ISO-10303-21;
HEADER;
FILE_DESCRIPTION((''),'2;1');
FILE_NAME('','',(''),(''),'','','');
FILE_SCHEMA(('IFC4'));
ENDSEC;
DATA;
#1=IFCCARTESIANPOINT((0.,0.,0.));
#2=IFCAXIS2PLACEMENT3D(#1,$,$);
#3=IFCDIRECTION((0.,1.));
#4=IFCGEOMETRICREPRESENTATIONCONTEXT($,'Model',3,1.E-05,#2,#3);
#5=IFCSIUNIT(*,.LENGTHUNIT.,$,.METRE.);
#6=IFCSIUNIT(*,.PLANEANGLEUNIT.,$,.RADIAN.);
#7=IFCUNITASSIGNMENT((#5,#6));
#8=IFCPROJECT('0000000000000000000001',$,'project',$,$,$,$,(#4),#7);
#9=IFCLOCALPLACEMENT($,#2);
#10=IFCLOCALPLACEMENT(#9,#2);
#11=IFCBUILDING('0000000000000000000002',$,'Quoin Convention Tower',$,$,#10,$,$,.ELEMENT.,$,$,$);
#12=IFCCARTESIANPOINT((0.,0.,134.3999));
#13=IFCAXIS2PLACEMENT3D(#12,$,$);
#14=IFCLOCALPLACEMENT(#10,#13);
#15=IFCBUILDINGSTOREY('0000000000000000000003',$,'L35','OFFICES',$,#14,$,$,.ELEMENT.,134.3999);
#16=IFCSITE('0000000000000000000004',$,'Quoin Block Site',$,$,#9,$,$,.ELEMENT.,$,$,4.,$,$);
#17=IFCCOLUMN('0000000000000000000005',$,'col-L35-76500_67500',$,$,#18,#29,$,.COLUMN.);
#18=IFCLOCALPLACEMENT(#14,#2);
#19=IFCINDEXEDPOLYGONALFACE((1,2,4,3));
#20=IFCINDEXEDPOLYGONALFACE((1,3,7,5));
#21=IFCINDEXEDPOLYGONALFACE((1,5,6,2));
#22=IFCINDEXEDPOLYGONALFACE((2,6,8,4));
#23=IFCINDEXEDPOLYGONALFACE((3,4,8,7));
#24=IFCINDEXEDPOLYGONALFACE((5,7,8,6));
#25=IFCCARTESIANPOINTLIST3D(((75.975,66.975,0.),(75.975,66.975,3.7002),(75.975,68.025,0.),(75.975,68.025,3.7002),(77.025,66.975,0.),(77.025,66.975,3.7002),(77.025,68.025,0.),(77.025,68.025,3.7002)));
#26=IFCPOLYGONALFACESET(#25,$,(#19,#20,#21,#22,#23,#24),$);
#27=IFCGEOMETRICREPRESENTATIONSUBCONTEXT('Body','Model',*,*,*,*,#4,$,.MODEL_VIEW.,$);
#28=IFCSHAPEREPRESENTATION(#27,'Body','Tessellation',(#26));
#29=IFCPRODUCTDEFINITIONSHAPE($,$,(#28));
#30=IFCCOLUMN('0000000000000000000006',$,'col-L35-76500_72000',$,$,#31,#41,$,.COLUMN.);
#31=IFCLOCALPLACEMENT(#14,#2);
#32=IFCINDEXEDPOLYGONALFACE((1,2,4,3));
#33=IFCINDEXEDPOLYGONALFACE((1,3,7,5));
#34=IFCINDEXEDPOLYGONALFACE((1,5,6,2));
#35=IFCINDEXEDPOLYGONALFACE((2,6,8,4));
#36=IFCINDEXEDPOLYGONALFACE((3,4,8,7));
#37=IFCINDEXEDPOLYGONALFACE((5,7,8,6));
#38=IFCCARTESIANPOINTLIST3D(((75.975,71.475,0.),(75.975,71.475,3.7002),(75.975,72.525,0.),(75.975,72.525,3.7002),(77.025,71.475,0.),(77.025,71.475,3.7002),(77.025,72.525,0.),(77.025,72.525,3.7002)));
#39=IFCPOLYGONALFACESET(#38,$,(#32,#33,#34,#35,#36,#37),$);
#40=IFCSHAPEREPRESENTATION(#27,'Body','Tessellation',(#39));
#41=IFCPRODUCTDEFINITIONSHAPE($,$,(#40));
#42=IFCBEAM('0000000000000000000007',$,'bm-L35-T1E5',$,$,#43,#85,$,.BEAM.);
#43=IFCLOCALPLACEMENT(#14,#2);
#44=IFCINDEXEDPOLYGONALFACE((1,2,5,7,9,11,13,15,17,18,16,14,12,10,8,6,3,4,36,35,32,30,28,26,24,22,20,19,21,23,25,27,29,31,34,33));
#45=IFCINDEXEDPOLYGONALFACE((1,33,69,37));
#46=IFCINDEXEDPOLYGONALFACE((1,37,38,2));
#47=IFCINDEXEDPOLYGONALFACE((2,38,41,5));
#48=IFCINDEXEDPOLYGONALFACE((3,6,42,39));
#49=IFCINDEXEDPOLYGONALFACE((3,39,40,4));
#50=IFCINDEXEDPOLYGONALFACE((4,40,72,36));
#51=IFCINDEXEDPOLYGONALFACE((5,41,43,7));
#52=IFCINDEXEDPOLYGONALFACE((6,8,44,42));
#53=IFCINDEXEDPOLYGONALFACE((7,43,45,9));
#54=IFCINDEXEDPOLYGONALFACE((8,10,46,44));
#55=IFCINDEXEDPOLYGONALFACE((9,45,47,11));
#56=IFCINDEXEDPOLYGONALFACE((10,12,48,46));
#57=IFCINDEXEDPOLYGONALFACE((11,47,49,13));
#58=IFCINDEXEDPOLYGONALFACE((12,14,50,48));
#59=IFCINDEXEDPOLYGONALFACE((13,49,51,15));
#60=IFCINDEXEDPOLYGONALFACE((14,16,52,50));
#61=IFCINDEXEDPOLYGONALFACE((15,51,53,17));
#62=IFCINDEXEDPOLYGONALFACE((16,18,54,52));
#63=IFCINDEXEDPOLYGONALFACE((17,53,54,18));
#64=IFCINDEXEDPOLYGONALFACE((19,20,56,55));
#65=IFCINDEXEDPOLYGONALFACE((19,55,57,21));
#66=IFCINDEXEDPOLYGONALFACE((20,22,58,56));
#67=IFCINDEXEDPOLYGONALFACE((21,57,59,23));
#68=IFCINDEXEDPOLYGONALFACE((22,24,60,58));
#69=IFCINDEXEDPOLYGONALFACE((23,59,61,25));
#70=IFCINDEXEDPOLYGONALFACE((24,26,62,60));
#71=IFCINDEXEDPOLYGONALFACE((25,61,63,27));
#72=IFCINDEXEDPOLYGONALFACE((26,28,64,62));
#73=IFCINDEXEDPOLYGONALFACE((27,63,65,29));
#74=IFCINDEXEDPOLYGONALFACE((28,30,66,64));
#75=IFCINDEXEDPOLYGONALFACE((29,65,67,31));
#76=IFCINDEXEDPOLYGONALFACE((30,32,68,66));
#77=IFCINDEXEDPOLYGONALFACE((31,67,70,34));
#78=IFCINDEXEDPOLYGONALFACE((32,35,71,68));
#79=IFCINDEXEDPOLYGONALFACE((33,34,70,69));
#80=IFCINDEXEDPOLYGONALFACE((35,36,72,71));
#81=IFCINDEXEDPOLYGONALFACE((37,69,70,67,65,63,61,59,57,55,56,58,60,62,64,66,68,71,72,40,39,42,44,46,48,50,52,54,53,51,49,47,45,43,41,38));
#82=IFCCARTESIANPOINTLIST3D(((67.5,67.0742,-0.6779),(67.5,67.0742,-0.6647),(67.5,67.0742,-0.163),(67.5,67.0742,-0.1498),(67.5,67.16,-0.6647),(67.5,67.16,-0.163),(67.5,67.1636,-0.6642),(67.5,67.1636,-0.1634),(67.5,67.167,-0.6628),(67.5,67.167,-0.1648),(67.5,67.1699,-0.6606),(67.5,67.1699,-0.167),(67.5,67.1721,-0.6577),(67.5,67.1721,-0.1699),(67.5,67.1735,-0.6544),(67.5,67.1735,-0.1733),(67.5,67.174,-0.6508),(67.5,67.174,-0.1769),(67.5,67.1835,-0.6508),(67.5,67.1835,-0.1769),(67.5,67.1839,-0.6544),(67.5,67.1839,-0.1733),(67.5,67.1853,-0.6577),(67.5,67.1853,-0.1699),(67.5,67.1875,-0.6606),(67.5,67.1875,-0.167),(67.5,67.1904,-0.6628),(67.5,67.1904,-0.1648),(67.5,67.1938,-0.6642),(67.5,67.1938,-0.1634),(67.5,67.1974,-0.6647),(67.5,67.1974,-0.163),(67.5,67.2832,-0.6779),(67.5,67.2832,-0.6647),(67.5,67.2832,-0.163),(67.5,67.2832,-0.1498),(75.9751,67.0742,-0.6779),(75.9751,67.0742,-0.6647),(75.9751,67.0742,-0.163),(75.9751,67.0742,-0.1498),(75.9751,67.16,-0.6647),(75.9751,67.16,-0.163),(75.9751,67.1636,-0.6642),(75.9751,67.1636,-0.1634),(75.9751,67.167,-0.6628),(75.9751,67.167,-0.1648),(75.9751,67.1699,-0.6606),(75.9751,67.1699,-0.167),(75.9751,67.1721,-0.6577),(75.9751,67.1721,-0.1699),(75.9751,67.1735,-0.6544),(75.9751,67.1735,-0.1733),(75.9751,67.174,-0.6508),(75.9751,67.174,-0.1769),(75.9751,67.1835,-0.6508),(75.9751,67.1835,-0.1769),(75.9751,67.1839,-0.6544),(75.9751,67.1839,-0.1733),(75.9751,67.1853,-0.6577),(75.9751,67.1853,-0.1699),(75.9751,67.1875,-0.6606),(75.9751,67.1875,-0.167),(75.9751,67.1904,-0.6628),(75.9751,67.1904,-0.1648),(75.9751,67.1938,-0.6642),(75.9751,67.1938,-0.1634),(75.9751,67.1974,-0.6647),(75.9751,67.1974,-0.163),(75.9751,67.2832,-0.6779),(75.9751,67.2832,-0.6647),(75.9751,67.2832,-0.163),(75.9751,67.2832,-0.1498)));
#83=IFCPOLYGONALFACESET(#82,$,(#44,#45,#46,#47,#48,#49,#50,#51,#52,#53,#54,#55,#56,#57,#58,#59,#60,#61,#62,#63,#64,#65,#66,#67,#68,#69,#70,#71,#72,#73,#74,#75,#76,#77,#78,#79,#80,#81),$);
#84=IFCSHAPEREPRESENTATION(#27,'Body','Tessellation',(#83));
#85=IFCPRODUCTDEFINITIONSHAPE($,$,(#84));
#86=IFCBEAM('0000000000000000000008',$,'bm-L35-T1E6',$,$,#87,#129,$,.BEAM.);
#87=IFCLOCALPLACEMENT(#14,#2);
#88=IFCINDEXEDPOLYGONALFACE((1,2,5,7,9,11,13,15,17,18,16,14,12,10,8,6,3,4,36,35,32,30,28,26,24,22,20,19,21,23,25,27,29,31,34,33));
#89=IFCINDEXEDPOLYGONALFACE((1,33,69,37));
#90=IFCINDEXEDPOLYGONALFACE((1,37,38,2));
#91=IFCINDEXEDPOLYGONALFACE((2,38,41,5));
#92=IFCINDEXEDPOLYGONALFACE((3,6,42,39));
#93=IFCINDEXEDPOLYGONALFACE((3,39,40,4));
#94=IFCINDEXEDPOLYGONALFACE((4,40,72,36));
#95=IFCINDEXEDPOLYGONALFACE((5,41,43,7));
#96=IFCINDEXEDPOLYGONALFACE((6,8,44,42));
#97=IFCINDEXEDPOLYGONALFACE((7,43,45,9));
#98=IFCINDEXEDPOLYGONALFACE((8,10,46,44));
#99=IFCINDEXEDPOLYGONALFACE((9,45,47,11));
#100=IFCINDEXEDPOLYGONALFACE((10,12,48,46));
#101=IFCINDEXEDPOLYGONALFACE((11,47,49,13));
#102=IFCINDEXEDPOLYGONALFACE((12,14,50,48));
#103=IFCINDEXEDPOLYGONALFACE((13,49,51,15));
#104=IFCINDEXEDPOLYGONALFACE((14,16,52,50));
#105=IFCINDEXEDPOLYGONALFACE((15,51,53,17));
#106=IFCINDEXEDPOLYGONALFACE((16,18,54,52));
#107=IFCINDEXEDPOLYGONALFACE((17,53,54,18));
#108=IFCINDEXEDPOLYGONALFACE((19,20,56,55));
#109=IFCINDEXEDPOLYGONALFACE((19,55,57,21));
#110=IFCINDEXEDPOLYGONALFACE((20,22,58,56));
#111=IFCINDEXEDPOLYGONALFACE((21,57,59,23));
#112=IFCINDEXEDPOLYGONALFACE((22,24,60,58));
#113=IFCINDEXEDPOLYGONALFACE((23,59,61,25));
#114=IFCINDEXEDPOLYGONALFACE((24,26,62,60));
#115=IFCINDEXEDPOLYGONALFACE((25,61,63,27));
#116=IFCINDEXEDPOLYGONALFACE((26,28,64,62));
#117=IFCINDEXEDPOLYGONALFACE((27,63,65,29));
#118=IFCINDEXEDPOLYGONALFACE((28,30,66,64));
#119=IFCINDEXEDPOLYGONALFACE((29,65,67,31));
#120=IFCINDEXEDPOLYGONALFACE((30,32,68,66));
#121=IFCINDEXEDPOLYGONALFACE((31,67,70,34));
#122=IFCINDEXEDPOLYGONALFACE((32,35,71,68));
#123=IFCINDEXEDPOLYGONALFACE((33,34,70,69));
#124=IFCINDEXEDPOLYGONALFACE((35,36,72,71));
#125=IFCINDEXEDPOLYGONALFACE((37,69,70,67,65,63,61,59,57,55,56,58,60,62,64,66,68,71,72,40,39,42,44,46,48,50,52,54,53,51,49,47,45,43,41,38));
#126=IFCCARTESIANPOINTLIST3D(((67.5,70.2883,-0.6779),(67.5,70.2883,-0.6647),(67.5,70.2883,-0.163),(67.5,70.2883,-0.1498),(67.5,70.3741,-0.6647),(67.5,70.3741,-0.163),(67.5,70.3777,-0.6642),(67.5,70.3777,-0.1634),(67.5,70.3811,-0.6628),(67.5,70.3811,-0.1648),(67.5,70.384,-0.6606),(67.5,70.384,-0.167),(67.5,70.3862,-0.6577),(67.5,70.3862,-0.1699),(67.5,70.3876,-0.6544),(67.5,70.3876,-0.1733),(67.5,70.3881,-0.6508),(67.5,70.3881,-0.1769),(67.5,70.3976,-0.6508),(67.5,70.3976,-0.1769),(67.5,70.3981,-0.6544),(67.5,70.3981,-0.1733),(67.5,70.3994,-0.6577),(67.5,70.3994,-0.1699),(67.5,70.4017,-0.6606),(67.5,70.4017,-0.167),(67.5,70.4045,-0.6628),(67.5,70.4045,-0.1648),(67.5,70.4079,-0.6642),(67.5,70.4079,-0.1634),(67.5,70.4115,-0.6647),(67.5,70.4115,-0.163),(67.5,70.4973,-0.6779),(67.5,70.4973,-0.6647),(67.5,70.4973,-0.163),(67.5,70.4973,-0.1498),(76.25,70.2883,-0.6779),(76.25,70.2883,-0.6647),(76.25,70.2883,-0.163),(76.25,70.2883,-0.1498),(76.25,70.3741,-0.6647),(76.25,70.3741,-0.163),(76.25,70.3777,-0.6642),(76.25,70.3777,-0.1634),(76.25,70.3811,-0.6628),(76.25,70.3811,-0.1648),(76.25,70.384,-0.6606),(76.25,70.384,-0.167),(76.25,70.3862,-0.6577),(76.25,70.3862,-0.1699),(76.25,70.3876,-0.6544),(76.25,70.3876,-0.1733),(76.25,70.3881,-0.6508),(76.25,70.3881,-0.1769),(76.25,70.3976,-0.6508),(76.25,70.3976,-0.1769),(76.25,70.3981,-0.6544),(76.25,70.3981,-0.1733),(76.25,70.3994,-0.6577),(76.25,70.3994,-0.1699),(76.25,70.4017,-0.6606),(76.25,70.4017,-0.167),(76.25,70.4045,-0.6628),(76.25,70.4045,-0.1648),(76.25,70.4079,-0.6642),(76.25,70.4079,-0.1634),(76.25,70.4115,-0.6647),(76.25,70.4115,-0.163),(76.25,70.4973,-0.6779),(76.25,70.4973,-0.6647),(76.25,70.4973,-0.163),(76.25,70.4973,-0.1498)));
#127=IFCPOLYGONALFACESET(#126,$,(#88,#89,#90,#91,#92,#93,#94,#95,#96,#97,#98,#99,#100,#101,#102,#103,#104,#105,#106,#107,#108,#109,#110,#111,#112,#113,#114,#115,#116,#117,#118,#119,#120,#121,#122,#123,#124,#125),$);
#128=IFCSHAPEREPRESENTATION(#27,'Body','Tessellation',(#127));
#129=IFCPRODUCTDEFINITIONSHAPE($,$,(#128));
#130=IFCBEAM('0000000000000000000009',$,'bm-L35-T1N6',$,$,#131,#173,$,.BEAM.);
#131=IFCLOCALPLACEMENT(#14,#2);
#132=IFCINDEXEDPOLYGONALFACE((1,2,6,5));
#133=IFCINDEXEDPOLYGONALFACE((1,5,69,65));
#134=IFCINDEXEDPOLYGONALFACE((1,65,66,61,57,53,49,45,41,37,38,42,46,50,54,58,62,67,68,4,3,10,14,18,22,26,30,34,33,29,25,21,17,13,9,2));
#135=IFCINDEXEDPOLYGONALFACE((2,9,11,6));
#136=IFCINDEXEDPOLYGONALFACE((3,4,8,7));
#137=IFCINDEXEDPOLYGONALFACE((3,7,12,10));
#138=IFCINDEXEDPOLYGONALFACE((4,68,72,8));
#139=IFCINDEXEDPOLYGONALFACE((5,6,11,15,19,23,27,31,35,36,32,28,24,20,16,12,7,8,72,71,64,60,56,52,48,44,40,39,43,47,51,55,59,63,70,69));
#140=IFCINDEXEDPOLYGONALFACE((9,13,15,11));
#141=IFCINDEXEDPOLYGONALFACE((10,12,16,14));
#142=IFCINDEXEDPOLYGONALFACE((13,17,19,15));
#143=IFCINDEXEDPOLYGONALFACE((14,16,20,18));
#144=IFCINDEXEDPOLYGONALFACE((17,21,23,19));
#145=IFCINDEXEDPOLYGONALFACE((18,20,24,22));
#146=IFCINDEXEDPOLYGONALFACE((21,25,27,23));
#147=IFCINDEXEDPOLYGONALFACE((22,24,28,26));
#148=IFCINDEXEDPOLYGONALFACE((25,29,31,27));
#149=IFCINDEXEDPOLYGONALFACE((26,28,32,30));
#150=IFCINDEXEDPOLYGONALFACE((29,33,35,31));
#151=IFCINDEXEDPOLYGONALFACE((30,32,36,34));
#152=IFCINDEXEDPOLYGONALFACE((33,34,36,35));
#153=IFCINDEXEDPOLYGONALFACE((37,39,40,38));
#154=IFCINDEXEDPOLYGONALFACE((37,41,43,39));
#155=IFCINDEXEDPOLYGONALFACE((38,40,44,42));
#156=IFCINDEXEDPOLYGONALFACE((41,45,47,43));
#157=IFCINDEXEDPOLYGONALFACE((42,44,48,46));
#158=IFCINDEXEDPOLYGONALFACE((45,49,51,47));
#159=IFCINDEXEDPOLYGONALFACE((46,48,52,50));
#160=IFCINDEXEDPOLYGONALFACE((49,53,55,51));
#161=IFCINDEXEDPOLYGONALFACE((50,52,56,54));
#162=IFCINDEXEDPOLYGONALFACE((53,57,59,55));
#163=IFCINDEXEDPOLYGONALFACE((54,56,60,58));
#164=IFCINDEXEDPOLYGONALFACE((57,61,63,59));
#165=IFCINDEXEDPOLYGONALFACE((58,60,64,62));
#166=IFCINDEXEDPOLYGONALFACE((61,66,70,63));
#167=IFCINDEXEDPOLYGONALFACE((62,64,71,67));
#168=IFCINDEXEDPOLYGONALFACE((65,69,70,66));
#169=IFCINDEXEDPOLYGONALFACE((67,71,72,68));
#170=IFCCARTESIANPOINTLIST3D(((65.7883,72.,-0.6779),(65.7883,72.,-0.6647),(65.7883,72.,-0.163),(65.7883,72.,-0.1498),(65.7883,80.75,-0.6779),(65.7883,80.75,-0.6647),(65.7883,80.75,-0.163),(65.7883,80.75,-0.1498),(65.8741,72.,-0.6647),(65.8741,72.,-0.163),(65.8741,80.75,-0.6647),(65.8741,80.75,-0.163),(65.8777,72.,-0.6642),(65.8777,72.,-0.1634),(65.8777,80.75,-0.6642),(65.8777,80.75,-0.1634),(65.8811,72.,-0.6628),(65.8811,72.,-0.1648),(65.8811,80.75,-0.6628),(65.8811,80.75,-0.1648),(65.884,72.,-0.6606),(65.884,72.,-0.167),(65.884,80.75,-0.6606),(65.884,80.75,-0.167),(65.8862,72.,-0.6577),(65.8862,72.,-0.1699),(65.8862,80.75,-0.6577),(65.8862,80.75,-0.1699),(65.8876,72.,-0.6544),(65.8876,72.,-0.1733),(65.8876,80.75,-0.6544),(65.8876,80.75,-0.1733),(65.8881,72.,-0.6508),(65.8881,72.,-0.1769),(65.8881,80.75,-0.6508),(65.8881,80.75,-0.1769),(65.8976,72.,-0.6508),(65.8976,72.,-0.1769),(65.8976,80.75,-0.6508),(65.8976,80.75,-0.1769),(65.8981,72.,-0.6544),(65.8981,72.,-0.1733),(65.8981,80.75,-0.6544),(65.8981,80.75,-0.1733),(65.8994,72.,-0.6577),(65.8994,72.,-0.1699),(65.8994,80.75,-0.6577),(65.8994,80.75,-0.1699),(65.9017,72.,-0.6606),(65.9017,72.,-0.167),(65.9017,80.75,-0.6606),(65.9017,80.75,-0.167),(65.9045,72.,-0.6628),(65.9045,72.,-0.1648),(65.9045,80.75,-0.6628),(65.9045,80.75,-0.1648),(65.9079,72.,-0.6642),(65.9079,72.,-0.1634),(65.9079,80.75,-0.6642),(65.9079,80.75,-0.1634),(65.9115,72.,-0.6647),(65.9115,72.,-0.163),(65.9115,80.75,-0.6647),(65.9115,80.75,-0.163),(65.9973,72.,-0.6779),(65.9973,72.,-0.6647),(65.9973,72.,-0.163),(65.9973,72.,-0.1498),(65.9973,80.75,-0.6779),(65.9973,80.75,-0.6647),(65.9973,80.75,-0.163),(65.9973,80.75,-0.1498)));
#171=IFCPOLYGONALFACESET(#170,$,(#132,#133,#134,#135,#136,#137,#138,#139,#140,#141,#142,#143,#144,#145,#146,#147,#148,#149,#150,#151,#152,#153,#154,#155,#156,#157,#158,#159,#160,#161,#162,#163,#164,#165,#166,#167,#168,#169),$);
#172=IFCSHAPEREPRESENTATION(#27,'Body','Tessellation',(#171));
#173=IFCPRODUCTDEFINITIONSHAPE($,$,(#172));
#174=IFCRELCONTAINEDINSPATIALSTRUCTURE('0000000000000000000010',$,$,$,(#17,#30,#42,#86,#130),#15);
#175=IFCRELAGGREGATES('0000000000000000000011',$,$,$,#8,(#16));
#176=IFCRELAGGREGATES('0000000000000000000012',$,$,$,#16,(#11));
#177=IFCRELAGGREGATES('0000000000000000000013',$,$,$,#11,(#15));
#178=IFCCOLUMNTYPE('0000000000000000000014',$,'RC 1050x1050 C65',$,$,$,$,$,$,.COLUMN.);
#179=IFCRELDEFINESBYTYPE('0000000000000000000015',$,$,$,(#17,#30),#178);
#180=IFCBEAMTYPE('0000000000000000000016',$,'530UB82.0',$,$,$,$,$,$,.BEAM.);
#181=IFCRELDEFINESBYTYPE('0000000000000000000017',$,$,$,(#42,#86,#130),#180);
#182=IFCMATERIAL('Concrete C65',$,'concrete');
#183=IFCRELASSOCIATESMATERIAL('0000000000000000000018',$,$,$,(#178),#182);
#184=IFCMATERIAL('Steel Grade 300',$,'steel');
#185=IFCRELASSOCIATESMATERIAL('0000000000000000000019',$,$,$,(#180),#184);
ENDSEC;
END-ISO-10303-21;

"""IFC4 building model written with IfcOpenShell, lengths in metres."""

from ifc_helpers import new_model, si_unit, direction, frame, origin, origin_2d, place, context, subcontext, project, spatial, rectangle, i_section, extrude, material, material_profile, profile_set, type_object, element, save


model = new_model("IFC4")

# Units and contexts
model_context = context("Model", 3, precision=1e-05, world=origin(), true_north=direction((0.0, 1.0)))
body_context = subcontext(model_context, "Body", "Model", "MODEL_VIEW")
ifc_project = project(units=[si_unit("LENGTHUNIT", "METRE"), si_unit("PLANEANGLEUNIT", "RADIAN")], contexts=[model_context])

# Site, building, storey
site_placement = place(None, origin())
site = spatial("IfcSite", under=ifc_project, at=site_placement, Name="Quoin Block Site", CompositionType="ELEMENT", RefElevation=4.0)
building_placement = place(site_placement, origin())
building = spatial("IfcBuilding", under=site, at=building_placement, Name="Quoin Convention Tower", CompositionType="ELEMENT")
storey_placement = place(building_placement, frame((0.0, 0.0, 134.3999)))
storey = spatial("IfcBuildingStorey", under=building, at=storey_placement, Name="L35", Description="OFFICES", CompositionType="ELEMENT", Elevation=134.3999)

# Columns
ifc_material_1 = material(Name="Concrete C65", Category="concrete")
ifc_material_profile_1 = material_profile(ifc_material_1, rectangle(XDim=1.05, YDim=1.05, at=origin_2d()), Name="RC 1050x1050")
ifc_profile_set_1 = profile_set([ifc_material_profile_1], Name="Concrete C65")
column_type = type_object("IfcColumnType", Name="RC 1050x1050 C65", PredefinedType="COLUMN", material=ifc_profile_set_1)
for number, where, z_axis, x_axis, name in (
    (1, (76.5, 67.5, 0.0), (0.0, 0.0, 1.0), (1.0, 0.0, 0.0), "col-L35-76500_67500"),
    (2, (76.5, 72.0, 0.0), (0.0, 0.0, 1.0), (1.0, 0.0, 0.0), "col-L35-76500_72000"),
):
    element("IfcColumn", number, at=place(storey_placement, frame(where, z_axis=z_axis, x_axis=x_axis)), inside=storey, type_object=column_type, Name=name, PredefinedType="COLUMN", context=body_context, shape_type="SweptSolid", body=[
        extrude(rectangle(XDim=1.05, YDim=1.05, at=origin_2d()), origin(), (0.0, 0.0, 1.0), 3.7002),
    ])

# Beams
ifc_material_2 = material(Name="Steel Grade 300", Category="steel")
ifc_material_profile_2 = material_profile(ifc_material_2, i_section(OverallWidth=0.209, OverallDepth=0.5281, WebThickness=0.0095, FlangeThickness=0.0132, FilletRadius=0.0139, at=origin_2d()), Name="530UB82.0")
ifc_profile_set_2 = profile_set([ifc_material_profile_2], Name="Steel Grade 300")
beam_type_1 = type_object("IfcBeamType", Name="530UB82.0", PredefinedType="BEAM", material=ifc_profile_set_2)
beam_placement = place(storey_placement, frame((67.5, 67.1787, -0.4138), z_axis=(1.0, 0.0, 0.0), x_axis=(0.0, 1.0, 0.0)))
element("IfcBeam", 3, at=beam_placement, inside=storey, type_object=beam_type_1, Name="bm-L35-T1E5", PredefinedType="BEAM", context=body_context, shape_type="SweptSolid", body=[
    extrude(i_section(OverallWidth=0.209, OverallDepth=0.5281, WebThickness=0.0095, FlangeThickness=0.0132, FilletRadius=0.0139, at=origin_2d()), origin(), (0.0, 0.0, 1.0), 8.4751),
])
for number, where, z_axis, x_axis, name in (
    (4, (67.5, 70.3928, -0.4138), (1.0, 0.0, 0.0), (0.0, 1.0, 0.0), "bm-L35-T1E6"),
    (5, (65.8928, 72.0, -0.4138), (0.0, 1.0, 0.0), (-1.0, 0.0, 0.0), "bm-L35-T1N6"),
):
    element("IfcBeam", number, at=place(storey_placement, frame(where, z_axis=z_axis, x_axis=x_axis)), inside=storey, type_object=beam_type_1, Name=name, PredefinedType="BEAM", context=body_context, shape_type="SweptSolid", body=[
        extrude(i_section(OverallWidth=0.209, OverallDepth=0.5281, WebThickness=0.0095, FlangeThickness=0.0132, FilletRadius=0.0139, at=origin_2d()), origin(), (0.0, 0.0, 1.0), 8.75),
    ])

save(model, "model.ifc")
